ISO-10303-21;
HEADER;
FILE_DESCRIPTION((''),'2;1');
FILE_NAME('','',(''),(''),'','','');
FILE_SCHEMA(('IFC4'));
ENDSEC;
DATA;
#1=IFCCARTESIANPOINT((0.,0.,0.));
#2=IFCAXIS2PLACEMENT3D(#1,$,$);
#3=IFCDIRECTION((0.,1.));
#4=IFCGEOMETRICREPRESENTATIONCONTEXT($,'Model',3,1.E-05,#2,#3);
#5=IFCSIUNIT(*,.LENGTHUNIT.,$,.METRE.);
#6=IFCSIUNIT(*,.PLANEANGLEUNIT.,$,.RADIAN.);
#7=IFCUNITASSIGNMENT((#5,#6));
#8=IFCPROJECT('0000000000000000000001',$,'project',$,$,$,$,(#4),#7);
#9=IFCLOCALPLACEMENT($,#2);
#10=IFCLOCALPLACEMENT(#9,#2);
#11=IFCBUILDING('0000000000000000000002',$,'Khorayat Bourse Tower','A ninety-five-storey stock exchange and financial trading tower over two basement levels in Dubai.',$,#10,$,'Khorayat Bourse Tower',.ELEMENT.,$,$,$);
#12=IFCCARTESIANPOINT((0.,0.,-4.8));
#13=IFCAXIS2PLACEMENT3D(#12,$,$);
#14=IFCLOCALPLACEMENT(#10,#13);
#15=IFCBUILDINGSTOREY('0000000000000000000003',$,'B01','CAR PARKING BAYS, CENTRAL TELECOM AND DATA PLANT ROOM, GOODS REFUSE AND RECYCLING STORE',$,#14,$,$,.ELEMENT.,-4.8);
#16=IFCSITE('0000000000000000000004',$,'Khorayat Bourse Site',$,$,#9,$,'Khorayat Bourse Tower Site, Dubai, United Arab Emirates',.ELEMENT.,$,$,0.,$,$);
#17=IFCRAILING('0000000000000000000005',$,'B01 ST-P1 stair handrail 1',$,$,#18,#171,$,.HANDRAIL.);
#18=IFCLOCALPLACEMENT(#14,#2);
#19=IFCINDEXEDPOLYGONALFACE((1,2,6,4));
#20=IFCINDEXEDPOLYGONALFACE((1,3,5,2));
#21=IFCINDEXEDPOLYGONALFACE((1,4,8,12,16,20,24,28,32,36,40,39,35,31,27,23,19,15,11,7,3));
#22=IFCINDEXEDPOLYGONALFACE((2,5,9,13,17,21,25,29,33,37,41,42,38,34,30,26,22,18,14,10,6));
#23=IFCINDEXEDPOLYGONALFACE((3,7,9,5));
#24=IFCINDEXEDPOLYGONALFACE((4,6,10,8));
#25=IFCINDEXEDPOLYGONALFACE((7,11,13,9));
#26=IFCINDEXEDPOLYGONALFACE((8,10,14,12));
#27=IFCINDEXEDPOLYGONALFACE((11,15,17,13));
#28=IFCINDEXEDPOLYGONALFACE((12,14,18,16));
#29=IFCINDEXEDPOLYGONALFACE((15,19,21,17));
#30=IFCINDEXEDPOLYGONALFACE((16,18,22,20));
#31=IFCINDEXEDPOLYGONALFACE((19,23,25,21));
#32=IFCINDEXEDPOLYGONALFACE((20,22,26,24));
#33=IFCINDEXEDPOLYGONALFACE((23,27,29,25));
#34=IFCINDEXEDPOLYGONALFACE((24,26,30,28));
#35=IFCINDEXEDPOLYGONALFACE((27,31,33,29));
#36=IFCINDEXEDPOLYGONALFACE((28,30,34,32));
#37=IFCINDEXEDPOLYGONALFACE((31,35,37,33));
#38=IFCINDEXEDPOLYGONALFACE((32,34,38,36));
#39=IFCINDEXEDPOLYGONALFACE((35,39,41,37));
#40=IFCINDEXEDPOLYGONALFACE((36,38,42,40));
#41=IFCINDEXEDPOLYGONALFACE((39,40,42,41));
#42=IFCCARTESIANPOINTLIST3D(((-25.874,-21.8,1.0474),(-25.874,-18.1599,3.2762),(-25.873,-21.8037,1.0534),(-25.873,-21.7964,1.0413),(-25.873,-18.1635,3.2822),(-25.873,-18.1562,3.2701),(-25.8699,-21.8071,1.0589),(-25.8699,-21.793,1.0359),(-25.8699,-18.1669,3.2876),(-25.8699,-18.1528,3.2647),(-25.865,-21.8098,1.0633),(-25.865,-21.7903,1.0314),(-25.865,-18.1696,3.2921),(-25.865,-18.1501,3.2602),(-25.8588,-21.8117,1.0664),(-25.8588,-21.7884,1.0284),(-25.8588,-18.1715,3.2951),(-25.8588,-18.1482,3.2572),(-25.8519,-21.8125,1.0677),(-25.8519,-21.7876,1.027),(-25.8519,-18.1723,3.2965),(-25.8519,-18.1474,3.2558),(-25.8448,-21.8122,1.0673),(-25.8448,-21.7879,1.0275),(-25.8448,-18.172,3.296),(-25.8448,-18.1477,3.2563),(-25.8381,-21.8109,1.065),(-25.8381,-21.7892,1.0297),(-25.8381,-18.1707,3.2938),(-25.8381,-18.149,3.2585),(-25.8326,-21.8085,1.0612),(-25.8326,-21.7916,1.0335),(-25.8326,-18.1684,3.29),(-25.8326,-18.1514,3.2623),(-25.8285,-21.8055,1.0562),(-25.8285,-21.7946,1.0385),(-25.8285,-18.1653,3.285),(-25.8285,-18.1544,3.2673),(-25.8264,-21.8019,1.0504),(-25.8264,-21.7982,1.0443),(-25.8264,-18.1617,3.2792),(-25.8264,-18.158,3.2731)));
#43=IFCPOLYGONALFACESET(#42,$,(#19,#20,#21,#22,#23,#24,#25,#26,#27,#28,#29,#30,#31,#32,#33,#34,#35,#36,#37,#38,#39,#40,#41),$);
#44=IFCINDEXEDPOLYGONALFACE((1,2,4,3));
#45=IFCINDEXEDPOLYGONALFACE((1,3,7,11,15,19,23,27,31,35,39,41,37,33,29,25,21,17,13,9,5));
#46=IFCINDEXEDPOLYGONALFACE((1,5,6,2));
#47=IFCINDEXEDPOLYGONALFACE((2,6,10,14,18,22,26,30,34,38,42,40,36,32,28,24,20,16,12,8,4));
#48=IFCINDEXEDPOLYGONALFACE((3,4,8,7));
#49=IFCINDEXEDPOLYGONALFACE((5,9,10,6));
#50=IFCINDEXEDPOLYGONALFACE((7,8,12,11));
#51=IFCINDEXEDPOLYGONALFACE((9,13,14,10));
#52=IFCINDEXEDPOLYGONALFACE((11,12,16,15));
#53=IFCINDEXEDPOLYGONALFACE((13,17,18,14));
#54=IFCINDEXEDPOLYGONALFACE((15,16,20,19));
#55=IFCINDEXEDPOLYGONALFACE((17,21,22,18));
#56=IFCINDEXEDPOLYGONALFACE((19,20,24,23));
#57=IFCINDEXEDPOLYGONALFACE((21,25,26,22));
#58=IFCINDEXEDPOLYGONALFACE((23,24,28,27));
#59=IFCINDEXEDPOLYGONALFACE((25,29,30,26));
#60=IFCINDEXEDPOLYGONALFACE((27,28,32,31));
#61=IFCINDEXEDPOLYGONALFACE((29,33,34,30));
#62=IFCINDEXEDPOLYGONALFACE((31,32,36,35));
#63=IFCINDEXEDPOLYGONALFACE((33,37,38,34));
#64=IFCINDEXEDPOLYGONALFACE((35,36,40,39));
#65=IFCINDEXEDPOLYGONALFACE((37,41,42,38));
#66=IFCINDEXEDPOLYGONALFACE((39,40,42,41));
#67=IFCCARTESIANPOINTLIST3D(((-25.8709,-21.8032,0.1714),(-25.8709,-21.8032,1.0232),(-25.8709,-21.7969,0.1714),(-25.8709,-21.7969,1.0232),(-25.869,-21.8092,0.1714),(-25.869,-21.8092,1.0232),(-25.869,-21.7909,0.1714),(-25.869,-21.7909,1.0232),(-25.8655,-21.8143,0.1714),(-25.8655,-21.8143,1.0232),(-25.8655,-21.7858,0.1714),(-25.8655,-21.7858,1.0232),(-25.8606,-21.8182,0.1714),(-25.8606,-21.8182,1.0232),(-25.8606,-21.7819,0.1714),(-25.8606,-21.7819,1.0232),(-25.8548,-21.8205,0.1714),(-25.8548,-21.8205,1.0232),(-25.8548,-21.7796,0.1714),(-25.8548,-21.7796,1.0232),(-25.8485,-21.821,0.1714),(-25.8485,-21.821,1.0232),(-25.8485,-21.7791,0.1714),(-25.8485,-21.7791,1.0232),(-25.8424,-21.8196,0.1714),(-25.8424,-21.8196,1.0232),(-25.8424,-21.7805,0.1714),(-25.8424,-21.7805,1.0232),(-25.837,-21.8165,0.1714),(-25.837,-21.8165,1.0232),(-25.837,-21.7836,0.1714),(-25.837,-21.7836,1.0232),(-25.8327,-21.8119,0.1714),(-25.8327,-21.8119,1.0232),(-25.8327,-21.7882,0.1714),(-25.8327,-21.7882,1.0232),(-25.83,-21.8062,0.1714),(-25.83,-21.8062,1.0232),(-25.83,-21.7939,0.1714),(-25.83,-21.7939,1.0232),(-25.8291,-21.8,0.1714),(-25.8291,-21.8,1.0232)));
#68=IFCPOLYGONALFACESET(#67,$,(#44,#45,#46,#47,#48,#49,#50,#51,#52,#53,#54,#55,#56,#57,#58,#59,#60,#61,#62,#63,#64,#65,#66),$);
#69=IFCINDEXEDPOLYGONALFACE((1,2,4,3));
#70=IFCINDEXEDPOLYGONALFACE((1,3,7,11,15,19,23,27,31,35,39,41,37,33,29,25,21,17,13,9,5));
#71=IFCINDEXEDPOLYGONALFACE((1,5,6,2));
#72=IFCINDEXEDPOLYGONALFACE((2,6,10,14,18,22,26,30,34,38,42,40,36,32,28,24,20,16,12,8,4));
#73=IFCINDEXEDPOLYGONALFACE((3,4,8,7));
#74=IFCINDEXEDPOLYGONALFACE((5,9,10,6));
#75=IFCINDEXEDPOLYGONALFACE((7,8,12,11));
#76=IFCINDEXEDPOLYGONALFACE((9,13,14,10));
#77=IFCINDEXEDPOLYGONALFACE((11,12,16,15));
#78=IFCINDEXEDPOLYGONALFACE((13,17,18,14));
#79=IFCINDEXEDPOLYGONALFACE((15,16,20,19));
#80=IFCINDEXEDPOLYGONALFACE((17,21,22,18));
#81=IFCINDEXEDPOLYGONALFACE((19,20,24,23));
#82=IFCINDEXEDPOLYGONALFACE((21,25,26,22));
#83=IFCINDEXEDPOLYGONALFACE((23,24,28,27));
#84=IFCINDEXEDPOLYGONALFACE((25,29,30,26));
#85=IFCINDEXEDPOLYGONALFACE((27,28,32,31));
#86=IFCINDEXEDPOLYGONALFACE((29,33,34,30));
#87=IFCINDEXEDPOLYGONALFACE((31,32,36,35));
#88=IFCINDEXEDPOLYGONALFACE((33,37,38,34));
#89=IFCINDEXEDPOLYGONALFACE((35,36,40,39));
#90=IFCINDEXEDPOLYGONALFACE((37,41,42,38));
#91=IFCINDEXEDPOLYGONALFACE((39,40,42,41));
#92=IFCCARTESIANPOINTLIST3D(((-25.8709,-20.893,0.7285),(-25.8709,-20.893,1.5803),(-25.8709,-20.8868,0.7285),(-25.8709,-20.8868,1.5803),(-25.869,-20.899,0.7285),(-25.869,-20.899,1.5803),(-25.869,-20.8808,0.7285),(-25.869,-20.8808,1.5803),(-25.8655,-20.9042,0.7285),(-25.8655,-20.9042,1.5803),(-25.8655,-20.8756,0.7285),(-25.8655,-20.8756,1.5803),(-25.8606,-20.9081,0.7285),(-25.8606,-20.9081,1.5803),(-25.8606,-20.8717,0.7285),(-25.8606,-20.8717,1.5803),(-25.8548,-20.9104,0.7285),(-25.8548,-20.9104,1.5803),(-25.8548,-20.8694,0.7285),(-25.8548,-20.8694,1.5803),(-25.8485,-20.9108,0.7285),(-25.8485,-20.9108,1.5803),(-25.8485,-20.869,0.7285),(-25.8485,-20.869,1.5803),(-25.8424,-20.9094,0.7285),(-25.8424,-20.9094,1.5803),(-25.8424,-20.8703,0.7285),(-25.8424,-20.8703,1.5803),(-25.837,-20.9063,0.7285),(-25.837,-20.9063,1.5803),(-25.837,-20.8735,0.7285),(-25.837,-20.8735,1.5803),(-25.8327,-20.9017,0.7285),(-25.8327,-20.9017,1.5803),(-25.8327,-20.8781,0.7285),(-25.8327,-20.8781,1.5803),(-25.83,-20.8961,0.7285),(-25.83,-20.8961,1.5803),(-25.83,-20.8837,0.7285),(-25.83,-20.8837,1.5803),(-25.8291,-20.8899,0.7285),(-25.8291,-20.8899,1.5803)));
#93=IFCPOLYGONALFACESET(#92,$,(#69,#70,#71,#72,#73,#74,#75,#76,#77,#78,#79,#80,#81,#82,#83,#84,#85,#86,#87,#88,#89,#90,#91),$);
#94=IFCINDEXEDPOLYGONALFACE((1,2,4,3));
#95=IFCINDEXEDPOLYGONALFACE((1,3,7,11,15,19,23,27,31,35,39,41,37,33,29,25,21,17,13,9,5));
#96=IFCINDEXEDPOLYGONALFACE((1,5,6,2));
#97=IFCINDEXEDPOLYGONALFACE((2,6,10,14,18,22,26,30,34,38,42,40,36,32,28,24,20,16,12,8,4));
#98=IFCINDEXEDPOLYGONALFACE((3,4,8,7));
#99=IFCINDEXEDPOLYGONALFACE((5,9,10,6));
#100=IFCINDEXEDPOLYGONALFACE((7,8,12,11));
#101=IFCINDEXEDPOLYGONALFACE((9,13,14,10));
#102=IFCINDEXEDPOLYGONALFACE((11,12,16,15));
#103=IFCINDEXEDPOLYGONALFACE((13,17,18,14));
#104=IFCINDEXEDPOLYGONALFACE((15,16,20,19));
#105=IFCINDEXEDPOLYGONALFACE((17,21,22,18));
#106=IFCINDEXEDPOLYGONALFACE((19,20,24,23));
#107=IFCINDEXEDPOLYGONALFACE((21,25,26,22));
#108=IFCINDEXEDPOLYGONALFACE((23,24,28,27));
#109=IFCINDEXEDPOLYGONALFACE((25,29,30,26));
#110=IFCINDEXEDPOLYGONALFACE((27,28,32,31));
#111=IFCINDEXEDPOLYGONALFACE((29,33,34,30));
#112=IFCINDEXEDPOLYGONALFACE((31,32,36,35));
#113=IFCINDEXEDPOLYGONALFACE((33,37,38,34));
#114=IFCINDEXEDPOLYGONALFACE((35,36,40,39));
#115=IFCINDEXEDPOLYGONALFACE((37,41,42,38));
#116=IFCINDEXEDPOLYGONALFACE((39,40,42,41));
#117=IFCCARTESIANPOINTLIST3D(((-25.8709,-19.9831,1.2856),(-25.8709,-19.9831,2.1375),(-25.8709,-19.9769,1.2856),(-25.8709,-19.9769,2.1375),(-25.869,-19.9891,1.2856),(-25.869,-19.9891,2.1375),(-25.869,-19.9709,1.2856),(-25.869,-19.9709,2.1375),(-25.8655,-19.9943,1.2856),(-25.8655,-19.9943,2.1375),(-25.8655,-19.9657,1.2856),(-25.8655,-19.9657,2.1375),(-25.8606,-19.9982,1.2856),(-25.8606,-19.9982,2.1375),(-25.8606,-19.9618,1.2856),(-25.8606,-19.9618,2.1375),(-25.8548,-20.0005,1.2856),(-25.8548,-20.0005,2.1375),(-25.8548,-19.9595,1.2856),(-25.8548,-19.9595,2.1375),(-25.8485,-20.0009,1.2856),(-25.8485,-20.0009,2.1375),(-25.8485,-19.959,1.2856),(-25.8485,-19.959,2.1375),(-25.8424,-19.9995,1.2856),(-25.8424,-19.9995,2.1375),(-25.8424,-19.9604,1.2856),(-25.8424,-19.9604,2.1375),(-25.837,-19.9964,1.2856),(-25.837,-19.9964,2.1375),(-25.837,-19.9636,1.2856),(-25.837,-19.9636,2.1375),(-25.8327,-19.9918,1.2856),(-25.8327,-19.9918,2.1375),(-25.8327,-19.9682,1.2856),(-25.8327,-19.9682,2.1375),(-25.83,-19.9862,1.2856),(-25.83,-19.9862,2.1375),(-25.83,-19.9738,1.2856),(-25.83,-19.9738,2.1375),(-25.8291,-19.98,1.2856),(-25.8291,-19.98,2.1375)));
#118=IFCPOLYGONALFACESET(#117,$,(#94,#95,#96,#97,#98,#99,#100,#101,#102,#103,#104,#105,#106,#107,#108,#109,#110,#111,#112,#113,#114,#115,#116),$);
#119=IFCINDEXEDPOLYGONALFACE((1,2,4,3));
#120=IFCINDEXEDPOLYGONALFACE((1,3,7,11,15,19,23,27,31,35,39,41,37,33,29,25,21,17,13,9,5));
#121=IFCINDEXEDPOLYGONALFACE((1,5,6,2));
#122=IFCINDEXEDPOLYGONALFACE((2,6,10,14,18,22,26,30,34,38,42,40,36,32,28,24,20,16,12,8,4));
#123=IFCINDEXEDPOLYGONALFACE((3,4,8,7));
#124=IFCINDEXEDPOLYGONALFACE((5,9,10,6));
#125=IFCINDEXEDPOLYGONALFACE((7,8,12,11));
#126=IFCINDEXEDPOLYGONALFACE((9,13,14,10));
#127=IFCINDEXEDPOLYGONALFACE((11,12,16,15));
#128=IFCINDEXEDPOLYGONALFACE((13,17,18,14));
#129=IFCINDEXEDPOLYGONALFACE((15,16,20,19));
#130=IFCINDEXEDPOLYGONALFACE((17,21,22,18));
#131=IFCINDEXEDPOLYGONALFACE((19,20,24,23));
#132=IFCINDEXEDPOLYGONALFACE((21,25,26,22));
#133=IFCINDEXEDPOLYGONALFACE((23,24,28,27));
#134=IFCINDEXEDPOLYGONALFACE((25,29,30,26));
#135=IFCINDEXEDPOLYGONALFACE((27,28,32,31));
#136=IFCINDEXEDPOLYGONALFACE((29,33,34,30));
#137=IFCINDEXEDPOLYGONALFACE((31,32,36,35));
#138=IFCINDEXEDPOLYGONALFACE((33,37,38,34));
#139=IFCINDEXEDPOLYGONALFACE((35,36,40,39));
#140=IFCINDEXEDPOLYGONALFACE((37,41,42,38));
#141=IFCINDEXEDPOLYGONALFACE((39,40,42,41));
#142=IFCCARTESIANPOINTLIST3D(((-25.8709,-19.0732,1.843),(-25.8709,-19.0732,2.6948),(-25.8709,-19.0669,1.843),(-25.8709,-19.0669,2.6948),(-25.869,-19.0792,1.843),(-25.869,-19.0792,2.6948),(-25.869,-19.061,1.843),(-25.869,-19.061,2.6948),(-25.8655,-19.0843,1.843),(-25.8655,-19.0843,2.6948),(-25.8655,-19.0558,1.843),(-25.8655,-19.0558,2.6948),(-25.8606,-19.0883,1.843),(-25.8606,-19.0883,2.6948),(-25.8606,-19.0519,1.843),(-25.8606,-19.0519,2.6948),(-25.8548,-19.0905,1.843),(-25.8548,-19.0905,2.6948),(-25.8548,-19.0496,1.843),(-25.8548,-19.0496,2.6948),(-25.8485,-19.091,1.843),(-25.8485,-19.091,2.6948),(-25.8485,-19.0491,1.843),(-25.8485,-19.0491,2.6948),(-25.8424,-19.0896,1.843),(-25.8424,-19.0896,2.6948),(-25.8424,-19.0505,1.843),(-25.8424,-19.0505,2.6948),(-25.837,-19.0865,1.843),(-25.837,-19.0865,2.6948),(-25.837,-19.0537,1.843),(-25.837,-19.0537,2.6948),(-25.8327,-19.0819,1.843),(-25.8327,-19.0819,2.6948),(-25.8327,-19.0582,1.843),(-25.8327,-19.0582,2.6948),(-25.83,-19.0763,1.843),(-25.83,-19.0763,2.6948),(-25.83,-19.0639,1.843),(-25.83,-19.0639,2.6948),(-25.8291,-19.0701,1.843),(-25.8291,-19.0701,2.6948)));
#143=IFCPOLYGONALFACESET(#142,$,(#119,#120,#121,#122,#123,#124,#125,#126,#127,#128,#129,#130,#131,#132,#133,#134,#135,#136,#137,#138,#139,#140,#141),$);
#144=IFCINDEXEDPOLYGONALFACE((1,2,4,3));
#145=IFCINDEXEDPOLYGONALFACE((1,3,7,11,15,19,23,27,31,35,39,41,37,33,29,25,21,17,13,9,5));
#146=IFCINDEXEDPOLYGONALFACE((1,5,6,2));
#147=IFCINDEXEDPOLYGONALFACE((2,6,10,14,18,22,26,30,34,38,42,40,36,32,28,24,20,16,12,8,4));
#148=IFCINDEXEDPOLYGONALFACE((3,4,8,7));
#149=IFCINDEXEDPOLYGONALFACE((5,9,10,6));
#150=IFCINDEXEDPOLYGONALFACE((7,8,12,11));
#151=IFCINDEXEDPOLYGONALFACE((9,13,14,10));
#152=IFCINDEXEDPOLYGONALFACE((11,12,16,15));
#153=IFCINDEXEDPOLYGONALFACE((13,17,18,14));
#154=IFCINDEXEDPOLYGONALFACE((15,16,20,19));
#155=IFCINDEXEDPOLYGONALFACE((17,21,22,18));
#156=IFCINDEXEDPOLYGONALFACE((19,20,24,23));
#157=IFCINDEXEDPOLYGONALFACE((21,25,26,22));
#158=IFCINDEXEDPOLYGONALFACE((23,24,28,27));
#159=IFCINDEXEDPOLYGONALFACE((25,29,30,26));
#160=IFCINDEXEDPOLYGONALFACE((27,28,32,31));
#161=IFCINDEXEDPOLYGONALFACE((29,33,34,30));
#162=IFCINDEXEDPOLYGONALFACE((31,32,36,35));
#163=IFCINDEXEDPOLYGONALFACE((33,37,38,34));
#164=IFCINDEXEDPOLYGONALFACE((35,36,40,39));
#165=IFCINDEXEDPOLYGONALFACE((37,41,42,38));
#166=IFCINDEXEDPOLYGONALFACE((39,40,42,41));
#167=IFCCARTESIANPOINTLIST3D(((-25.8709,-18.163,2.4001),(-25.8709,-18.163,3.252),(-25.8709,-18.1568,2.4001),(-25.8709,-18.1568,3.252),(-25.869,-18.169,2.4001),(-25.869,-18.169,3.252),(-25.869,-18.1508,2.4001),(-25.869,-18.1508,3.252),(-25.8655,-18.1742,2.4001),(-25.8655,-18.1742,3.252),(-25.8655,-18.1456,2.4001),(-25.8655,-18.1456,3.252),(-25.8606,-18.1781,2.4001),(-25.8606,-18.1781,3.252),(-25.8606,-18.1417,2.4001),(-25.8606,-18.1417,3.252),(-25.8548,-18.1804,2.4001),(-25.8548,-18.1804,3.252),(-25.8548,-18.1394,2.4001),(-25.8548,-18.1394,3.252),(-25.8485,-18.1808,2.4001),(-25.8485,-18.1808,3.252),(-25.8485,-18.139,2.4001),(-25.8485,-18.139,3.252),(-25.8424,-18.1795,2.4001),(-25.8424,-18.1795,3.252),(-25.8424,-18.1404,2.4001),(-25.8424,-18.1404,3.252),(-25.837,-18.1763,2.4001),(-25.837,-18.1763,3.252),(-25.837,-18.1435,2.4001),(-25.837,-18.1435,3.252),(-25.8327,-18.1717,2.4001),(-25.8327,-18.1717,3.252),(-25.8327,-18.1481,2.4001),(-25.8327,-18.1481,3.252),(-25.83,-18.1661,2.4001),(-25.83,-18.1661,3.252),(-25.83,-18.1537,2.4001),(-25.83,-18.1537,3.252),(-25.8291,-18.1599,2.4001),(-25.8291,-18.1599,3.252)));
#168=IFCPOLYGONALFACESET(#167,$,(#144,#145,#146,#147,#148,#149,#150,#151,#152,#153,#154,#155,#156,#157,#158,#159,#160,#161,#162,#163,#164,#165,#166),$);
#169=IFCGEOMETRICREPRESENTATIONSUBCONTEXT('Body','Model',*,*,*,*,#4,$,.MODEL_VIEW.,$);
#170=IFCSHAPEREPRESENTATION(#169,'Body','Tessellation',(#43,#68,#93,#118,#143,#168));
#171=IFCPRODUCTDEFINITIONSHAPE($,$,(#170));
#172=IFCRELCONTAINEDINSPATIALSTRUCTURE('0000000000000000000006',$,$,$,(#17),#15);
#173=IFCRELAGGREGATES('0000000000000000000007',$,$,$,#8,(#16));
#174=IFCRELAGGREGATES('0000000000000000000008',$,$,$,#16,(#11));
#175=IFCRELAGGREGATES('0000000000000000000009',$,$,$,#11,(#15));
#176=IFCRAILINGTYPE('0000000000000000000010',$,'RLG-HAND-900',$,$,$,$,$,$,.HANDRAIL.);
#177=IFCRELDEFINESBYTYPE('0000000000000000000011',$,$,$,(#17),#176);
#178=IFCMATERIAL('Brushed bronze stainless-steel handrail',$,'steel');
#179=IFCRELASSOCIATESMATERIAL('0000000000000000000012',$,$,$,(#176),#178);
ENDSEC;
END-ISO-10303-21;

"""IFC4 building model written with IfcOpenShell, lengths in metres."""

from ifc_helpers import new_model, si_unit, direction, frame, origin, origin_2d, place, context, subcontext, project, spatial, circle, extrude, source, transform, mapped, material, type_object, element, save


model = new_model("IFC4")

# Units and contexts
model_context = context("Model", 3, precision=1e-05, world=origin(), true_north=direction((0.0, 1.0)))
body_context = subcontext(model_context, "Body", "Model", "MODEL_VIEW")
ifc_project = project(units=[si_unit("LENGTHUNIT", "METRE"), si_unit("PLANEANGLEUNIT", "RADIAN")], contexts=[model_context])

# Site, building, storey
site_placement = place(None, origin())
site = spatial("IfcSite", under=ifc_project, at=site_placement, Name="Khorayat Bourse Site", LongName="Khorayat Bourse Tower Site, Dubai, United Arab Emirates", CompositionType="ELEMENT", RefElevation=0.0)
building_placement = place(site_placement, origin())
building = spatial("IfcBuilding", under=site, at=building_placement, Name="Khorayat Bourse Tower", Description="A ninety-five-storey stock exchange and financial trading tower over two basement levels in Dubai.", LongName="Khorayat Bourse Tower", CompositionType="ELEMENT")
storey_placement = place(building_placement, frame((0.0, 0.0, -4.8)))
storey = spatial("IfcBuildingStorey", under=building, at=storey_placement, Name="B01", Description="CAR PARKING BAYS, CENTRAL TELECOM AND DATA PLANT ROOM, GOODS REFUSE AND RECYCLING STORE", CompositionType="ELEMENT", Elevation=-4.8)

# Railing
ifc_material_1 = material(Name="Brushed bronze stainless-steel handrail", Category="steel")
railing_type_1 = type_object("IfcRailingType", Name="RLG-HAND-900", PredefinedType="HANDRAIL", material=ifc_material_1)
shared_shape_1 = source(origin(), body_context, "Body", "SweptSolid", [
    extrude(circle(Radius=0.0239, at=origin_2d()), frame((0.0, 0.0, 0.876), z_axis=(0.0, 0.85284, 0.522172), x_axis=(-1.0, 0.0, 0.0)), (0.0, 0.0, 1.0), 4.2683),
    extrude(circle(Radius=0.021, at=origin_2d()), origin(), (0.0, 0.0, 1.0), 0.8518),
    extrude(circle(Radius=0.021, at=origin_2d()), frame((0.0, 0.9102, 0.5571)), (0.0, 0.0, 1.0), 0.8518),
    extrude(circle(Radius=0.021, at=origin_2d()), frame((0.0, 1.8201, 1.1143)), (0.0, 0.0, 1.0), 0.8518),
    extrude(circle(Radius=0.021, at=origin_2d()), frame((0.0, 2.73, 1.6716)), (0.0, 0.0, 1.0), 0.8518),
    extrude(circle(Radius=0.021, at=origin_2d()), frame((0.0, 3.6401, 2.2288)), (0.0, 0.0, 1.0), 0.8518),
])
railing_1_placement = place(storey_placement, frame((-25.8501, -21.8, 0.1714)))
element("IfcRailing", 1, at=railing_1_placement, inside=storey, type_object=railing_type_1, Name="B01 ST-P1 stair handrail 1", PredefinedType="HANDRAIL", context=body_context, shape_type="MappedRepresentation", body=[
    mapped(shared_shape_1, transform((0.0, 0.0, 0.0), scale=1.0)),
])

save(model, "model.ifc")
